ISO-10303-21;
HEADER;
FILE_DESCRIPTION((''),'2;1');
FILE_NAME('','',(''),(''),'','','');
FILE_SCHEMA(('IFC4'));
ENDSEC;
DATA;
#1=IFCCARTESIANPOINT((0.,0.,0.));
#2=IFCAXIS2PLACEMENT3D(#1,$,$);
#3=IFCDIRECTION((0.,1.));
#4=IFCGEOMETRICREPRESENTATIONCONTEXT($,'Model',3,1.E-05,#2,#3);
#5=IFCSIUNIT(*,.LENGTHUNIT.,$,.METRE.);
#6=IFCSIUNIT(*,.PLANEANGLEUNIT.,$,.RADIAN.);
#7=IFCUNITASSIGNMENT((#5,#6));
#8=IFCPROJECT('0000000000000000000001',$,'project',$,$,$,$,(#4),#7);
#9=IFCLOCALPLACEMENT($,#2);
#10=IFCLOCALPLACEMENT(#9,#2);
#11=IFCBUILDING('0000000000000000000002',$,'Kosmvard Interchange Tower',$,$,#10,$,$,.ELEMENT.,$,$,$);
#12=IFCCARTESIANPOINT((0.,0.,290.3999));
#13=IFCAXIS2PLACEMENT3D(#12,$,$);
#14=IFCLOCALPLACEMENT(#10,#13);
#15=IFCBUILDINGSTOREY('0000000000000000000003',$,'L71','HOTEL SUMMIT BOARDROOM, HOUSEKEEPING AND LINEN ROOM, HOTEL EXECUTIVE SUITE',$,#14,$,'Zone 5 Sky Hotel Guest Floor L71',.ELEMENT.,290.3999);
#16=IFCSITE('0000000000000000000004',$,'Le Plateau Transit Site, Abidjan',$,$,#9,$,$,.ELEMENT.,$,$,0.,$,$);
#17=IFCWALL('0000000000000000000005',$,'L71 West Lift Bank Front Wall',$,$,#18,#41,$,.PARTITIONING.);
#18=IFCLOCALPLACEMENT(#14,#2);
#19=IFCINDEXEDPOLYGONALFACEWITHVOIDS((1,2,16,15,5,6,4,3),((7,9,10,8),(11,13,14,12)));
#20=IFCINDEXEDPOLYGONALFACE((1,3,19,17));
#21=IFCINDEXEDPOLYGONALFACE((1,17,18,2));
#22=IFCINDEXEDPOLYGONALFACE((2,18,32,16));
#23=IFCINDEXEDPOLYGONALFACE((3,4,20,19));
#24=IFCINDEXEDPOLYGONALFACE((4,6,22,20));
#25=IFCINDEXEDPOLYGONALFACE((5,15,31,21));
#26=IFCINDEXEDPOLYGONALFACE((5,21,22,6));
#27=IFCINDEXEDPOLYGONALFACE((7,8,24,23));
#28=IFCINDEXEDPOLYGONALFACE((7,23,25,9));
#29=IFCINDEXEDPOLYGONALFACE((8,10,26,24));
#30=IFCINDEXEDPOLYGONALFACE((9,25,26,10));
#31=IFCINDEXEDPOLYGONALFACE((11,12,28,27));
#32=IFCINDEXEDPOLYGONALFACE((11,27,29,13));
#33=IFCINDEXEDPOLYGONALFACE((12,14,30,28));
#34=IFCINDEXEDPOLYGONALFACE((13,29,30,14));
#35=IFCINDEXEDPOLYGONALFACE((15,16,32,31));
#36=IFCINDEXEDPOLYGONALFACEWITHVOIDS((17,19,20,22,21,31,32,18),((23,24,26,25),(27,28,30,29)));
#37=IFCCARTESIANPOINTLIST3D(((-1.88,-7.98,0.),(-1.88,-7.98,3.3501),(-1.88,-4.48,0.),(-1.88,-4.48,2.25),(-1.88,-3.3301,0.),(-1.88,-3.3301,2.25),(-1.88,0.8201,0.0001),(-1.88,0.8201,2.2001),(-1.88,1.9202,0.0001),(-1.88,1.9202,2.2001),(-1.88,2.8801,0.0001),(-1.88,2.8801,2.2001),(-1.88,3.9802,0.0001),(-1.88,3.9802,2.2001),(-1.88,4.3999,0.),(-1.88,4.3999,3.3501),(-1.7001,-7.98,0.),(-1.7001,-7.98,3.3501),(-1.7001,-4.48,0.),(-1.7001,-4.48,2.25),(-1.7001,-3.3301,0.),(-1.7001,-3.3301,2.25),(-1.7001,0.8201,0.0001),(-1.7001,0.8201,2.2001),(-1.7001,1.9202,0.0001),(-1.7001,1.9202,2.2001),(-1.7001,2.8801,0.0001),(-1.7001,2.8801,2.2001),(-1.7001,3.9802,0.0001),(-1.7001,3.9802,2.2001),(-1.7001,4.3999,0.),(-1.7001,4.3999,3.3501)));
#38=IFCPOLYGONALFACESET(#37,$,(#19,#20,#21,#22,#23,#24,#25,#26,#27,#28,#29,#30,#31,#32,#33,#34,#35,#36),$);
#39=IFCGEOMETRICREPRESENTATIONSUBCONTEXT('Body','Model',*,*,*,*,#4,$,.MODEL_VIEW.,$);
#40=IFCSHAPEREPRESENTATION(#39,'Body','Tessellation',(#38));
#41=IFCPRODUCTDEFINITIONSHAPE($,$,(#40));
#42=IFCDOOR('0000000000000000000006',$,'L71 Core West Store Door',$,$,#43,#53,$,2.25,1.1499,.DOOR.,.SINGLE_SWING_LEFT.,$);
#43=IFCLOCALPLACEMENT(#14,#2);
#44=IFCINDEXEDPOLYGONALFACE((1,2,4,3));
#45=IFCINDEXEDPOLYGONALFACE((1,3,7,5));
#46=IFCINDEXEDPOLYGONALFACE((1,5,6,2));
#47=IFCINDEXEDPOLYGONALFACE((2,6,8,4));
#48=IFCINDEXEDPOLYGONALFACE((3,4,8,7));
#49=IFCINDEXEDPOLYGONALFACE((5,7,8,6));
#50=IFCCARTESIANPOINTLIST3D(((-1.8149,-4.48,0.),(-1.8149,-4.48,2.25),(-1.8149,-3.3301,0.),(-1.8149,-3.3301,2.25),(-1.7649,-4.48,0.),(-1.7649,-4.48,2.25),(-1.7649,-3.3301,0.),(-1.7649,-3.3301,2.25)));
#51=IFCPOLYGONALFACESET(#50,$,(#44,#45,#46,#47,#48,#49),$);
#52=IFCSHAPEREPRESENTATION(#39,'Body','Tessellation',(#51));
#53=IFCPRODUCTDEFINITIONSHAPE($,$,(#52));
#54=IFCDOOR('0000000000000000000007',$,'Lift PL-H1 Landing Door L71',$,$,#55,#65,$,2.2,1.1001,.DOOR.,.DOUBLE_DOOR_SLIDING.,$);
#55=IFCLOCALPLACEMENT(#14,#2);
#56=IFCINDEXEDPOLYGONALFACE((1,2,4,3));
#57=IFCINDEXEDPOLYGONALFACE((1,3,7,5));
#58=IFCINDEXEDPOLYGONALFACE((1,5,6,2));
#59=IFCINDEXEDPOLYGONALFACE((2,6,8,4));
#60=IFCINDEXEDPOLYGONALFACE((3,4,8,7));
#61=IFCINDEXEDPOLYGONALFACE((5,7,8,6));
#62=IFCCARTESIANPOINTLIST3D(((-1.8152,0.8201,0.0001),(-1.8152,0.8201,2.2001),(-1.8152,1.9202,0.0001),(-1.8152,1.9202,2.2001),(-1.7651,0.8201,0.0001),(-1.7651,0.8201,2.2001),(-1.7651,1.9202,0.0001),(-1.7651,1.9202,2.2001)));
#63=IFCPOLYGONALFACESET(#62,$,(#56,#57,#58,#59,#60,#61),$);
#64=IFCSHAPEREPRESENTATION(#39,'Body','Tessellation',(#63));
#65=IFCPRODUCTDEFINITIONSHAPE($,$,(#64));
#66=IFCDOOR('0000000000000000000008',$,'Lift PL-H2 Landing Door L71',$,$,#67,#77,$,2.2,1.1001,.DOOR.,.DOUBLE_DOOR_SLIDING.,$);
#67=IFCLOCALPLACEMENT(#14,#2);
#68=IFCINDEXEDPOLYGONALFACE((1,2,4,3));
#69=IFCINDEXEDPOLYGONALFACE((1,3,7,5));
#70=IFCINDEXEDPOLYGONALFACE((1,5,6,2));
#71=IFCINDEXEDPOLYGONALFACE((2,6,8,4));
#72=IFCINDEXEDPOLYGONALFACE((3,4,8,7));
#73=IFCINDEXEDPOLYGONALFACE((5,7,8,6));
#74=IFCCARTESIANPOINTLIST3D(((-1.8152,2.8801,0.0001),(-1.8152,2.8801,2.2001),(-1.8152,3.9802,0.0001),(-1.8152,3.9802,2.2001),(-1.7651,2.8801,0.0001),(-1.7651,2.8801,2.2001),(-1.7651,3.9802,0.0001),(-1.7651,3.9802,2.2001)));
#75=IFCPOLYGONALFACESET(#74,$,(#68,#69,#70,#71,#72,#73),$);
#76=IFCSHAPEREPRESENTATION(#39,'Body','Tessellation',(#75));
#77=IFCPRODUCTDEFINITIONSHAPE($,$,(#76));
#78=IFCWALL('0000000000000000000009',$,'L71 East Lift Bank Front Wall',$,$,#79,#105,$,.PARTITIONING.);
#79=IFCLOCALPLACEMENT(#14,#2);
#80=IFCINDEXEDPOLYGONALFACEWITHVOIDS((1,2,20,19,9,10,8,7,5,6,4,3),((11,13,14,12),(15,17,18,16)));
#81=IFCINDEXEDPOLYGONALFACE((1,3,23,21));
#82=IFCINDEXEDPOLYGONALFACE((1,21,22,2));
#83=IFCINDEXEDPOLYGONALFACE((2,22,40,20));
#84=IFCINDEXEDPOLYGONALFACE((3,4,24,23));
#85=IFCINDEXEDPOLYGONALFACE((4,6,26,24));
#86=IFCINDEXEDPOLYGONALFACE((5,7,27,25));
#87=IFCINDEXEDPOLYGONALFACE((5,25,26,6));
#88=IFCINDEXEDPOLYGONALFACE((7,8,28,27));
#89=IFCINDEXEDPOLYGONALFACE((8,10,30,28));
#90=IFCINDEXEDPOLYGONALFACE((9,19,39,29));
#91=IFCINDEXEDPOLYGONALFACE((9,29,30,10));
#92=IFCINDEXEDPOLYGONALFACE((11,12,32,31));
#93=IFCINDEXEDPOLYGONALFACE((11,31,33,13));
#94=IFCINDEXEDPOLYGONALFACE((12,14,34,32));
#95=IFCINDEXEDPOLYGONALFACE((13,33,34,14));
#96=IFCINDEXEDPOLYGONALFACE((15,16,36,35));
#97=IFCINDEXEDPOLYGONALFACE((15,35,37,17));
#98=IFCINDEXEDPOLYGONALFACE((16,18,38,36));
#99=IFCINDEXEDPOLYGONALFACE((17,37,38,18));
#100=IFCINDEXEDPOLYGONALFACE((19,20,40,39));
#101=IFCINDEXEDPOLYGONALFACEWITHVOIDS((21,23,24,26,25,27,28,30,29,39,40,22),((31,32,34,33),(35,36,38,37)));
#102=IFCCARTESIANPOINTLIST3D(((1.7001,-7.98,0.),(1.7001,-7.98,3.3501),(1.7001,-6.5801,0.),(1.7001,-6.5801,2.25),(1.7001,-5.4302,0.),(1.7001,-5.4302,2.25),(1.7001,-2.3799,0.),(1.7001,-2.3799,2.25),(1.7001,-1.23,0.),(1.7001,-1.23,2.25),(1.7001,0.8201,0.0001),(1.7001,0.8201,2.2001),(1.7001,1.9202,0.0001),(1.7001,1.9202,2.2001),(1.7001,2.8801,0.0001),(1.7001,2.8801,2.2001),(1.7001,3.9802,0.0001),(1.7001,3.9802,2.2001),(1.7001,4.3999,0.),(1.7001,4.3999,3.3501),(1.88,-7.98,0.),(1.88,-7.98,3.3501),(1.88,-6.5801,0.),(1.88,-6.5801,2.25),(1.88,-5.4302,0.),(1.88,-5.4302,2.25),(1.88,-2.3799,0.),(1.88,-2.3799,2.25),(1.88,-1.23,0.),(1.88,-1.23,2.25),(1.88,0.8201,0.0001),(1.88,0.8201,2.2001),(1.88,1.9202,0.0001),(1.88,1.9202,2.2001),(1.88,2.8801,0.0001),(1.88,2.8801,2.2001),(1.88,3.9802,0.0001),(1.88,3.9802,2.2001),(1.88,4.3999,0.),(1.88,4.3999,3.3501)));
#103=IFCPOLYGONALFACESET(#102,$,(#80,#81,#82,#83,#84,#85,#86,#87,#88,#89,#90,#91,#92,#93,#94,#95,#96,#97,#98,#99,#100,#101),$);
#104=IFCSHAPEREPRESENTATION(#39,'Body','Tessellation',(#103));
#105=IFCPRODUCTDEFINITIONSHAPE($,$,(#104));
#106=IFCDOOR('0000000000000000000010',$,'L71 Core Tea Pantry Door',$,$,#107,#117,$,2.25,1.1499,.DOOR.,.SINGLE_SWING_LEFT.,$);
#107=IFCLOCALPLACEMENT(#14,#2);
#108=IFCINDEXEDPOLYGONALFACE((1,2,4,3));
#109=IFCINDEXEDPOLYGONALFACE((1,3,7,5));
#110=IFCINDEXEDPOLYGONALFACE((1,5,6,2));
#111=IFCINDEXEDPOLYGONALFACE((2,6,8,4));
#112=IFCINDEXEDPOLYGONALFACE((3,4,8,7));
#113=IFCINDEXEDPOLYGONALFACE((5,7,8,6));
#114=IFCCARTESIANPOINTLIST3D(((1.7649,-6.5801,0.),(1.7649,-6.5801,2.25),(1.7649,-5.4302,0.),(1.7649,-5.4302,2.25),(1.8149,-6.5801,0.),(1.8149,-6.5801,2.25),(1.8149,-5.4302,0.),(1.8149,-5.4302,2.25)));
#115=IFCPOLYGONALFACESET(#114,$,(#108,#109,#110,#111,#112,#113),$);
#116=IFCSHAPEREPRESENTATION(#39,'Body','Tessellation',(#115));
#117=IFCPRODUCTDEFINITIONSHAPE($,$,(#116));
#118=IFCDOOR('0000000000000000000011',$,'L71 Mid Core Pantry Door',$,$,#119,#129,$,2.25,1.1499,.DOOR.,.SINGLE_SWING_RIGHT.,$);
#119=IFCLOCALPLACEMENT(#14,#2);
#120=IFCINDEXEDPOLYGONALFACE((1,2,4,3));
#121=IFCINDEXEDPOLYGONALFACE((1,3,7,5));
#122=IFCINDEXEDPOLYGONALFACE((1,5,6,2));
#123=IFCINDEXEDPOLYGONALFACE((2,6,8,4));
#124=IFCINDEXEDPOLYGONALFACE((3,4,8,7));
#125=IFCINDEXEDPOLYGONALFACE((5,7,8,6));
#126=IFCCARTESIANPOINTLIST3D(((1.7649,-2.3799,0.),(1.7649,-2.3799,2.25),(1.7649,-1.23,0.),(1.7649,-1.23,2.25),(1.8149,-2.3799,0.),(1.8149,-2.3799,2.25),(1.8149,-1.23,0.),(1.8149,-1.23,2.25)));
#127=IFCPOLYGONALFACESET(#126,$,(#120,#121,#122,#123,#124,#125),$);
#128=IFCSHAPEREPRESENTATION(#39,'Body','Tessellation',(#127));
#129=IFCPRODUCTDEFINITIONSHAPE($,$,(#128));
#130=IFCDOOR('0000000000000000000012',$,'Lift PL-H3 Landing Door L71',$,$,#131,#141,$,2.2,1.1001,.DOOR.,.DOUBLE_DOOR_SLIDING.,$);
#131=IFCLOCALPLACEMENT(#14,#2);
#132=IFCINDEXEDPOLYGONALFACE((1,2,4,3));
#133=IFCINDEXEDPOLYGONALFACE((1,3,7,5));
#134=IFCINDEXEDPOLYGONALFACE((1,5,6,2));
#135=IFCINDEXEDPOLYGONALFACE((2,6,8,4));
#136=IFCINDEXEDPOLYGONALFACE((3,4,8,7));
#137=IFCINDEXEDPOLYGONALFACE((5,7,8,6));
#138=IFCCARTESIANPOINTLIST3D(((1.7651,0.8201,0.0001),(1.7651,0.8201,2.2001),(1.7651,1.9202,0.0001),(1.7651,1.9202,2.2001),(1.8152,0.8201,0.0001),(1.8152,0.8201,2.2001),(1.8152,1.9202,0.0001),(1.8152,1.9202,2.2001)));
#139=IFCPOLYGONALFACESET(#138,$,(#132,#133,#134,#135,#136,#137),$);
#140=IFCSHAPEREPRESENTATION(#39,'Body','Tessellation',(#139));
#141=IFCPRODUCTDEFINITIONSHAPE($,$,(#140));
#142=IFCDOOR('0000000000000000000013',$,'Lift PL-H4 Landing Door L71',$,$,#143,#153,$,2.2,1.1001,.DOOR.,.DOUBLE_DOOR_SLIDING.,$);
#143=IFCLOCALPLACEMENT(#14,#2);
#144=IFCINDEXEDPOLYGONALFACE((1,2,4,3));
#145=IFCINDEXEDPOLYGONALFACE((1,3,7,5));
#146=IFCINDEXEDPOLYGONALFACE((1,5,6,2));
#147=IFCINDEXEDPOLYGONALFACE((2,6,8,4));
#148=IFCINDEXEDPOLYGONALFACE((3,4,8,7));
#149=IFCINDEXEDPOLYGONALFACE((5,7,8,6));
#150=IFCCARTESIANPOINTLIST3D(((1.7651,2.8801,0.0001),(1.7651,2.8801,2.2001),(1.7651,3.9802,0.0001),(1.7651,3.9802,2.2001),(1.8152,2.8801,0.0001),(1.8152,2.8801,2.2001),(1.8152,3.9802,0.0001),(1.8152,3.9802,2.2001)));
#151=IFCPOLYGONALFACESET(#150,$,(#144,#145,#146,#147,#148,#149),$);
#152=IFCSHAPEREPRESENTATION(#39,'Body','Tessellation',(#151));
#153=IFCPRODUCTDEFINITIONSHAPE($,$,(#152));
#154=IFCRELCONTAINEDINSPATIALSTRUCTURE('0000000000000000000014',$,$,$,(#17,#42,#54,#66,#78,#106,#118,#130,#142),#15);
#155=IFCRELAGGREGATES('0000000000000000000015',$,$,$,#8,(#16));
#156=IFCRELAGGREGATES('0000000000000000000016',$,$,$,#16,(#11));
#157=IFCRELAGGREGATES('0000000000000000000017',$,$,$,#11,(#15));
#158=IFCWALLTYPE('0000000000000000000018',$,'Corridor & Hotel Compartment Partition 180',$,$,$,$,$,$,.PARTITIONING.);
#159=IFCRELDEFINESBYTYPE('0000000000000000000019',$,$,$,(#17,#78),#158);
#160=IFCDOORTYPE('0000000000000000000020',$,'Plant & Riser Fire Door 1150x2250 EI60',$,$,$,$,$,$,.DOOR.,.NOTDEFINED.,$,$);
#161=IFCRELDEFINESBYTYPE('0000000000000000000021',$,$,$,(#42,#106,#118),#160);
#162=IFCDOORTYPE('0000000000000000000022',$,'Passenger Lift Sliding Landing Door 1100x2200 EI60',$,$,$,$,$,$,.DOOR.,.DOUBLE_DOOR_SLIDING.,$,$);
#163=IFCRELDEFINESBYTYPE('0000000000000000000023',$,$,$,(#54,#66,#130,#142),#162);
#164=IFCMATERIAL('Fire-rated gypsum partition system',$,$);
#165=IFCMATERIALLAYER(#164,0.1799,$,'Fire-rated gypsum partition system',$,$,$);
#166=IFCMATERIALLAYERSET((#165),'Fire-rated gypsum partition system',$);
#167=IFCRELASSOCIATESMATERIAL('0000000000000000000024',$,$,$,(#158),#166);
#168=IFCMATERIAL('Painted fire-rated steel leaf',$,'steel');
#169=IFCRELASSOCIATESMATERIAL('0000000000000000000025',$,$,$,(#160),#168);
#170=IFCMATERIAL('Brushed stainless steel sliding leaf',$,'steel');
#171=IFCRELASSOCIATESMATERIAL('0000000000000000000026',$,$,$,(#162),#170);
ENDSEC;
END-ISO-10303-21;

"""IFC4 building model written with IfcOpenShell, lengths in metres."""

from ifc_helpers import new_model, si_unit, direction, frame, frame_2d, origin, place, context, subcontext, project, spatial, rectangle, extrude, source, transform, mapped, material, layer, layer_set, type_object, element, fill, save


model = new_model("IFC4")

# Units and contexts
model_context = context("Model", 3, precision=1e-05, world=origin(), true_north=direction((0.0, 1.0)))
body_context = subcontext(model_context, "Body", "Model", "MODEL_VIEW")
ifc_project = project(units=[si_unit("LENGTHUNIT", "METRE"), si_unit("PLANEANGLEUNIT", "RADIAN")], contexts=[model_context])

# Site, building, storey
site_placement = place(None, origin())
site = spatial("IfcSite", under=ifc_project, at=site_placement, Name="Le Plateau Transit Site, Abidjan", CompositionType="ELEMENT", RefElevation=0.0)
building_placement = place(site_placement, origin())
building = spatial("IfcBuilding", under=site, at=building_placement, Name="Kosmvard Interchange Tower", CompositionType="ELEMENT")
storey_placement = place(building_placement, frame((0.0, 0.0, 290.3999)))
storey = spatial("IfcBuildingStorey", under=building, at=storey_placement, Name="L71", Description="HOTEL SUMMIT BOARDROOM, HOUSEKEEPING AND LINEN ROOM, HOTEL EXECUTIVE SUITE", LongName="Zone 5 Sky Hotel Guest Floor L71", CompositionType="ELEMENT", Elevation=290.3999)

# Walls, openings, doors
ifc_material_1 = material(Name="Fire-rated gypsum partition system")
ifc_layer_1 = layer(ifc_material_1, 0.1799, Name="Fire-rated gypsum partition system")
ifc_layer_set_1 = layer_set([ifc_layer_1], Name="Fire-rated gypsum partition system")
wall_type_1 = type_object("IfcWallType", Name="Corridor & Hotel Compartment Partition 180", PredefinedType="PARTITIONING", material=ifc_layer_set_1)
wall_1_placement = place(storey_placement, frame((-1.79, -7.98, 0.0), z_axis=(0.0, 0.0, 1.0), x_axis=(0.0, 1.0, 0.0)))
wall_1 = element("IfcWall", 1, at=wall_1_placement, inside=storey, type_object=wall_type_1, Name="L71 West Lift Bank Front Wall", PredefinedType="PARTITIONING", context=body_context, shape_type="SweptSolid", body=[
    extrude(rectangle(XDim=12.3799, YDim=0.1799, at=frame_2d((6.1899, 0.0))), origin(), (0.0, 0.0, 1.0), 3.3501),
])
opening_1_placement = place(wall_1_placement, frame((8.8, 0.0, 0.0)))
opening_1 = element("IfcOpeningElement", 2, at=opening_1_placement, cuts=wall_1, PredefinedType="OPENING", context=body_context, shape_type="SweptSolid", body=[
    extrude(rectangle(XDim=1.1001, YDim=2.2, at=frame_2d((0.55, 1.1001))), frame((0.0, 0.1001, 0.0), z_axis=(0.0, -1.0, 0.0), x_axis=(1.0, 0.0, 0.0)), (0.0, 0.0, 1.0), 0.2),
])
opening_2_placement = place(wall_1_placement, frame((10.8601, 0.0, 0.0)))
opening_2 = element("IfcOpeningElement", 3, at=opening_2_placement, cuts=wall_1, PredefinedType="OPENING", context=body_context, shape_type="SweptSolid", body=[
    extrude(rectangle(XDim=1.1001, YDim=2.2, at=frame_2d((0.55, 1.1001))), frame((0.0, 0.1001, 0.0), z_axis=(0.0, -1.0, 0.0), x_axis=(1.0, 0.0, 0.0)), (0.0, 0.0, 1.0), 0.2),
])
opening_3_placement = place(wall_1_placement, frame((3.5, 0.0, 0.0)))
opening_3 = element("IfcOpeningElement", 4, at=opening_3_placement, cuts=wall_1, PredefinedType="OPENING", context=body_context, shape_type="SweptSolid", body=[
    extrude(rectangle(XDim=1.1499, YDim=2.25, at=frame_2d((0.575, 1.125))), frame((0.0, 0.1001, 0.0), z_axis=(0.0, -1.0, 0.0), x_axis=(1.0, 0.0, 0.0)), (0.0, 0.0, 1.0), 0.2),
])
ifc_material_2 = material(Name="Painted fire-rated steel leaf", Category="steel")
door_type_1 = type_object("IfcDoorType", Name="Plant & Riser Fire Door 1150x2250 EI60", OperationType="NOTDEFINED", PredefinedType="DOOR", material=ifc_material_2)
shared_shape_1 = source(origin(), body_context, "Body", "SweptSolid", [
    extrude(rectangle(XDim=1.1499, YDim=2.25, at=frame_2d((0.575, 1.125))), frame((0.0, 0.0249, 0.0), z_axis=(0.0, -1.0, 0.0), x_axis=(1.0, 0.0, 0.0)), (0.0, 0.0, 1.0), 0.05),
])
door_1_placement = place(opening_3_placement, origin())
door_1 = element("IfcDoor", 5, at=door_1_placement, inside=storey, type_object=door_type_1, Name="L71 Core West Store Door", OperationType="SINGLE_SWING_LEFT", OverallHeight=2.25, OverallWidth=1.1499, PredefinedType="DOOR", context=body_context, shape_type="MappedRepresentation", body=[
    mapped(shared_shape_1, transform((0.0, 0.0, 0.0), scale=1.0)),
])
fill(opening_3, door_1)
ifc_material_3 = material(Name="Brushed stainless steel sliding leaf", Category="steel")
door_type_2 = type_object("IfcDoorType", Name="Passenger Lift Sliding Landing Door 1100x2200 EI60", OperationType="DOUBLE_DOOR_SLIDING", PredefinedType="DOOR", material=ifc_material_3)
shared_shape_2 = source(origin(), body_context, "Body", "SweptSolid", [
    extrude(rectangle(XDim=1.1001, YDim=2.2, at=frame_2d((0.55, 1.1001))), frame((0.0, 0.0249, 0.0), z_axis=(0.0, -1.0, 0.0), x_axis=(1.0, 0.0, 0.0)), (0.0, 0.0, 1.0), 0.05),
])
door_2_placement = place(opening_1_placement, frame((1.1001, 0.0, 0.0), z_axis=(0.0, 0.0, 1.0), x_axis=(-1.0, 0.0, 0.0)))
door_2 = element("IfcDoor", 6, at=door_2_placement, inside=storey, type_object=door_type_2, Name="Lift PL-H1 Landing Door L71", OperationType="DOUBLE_DOOR_SLIDING", OverallHeight=2.2, OverallWidth=1.1001, PredefinedType="DOOR", context=body_context, shape_type="MappedRepresentation", body=[
    mapped(shared_shape_2, transform((0.0, 0.0, 0.0), scale=1.0)),
])
fill(opening_1, door_2)
door_3_placement = place(opening_2_placement, frame((1.1001, 0.0, 0.0), z_axis=(0.0, 0.0, 1.0), x_axis=(-1.0, 0.0, 0.0)))
door_3 = element("IfcDoor", 7, at=door_3_placement, inside=storey, type_object=door_type_2, Name="Lift PL-H2 Landing Door L71", OperationType="DOUBLE_DOOR_SLIDING", OverallHeight=2.2, OverallWidth=1.1001, PredefinedType="DOOR", context=body_context, shape_type="MappedRepresentation", body=[
    mapped(shared_shape_2, transform((0.0, 0.0, 0.0), scale=1.0)),
])
fill(opening_2, door_3)
wall_2_placement = place(storey_placement, frame((1.79, -7.98, 0.0), z_axis=(0.0, 0.0, 1.0), x_axis=(0.0, 1.0, 0.0)))
wall_2 = element("IfcWall", 8, at=wall_2_placement, inside=storey, type_object=wall_type_1, Name="L71 East Lift Bank Front Wall", PredefinedType="PARTITIONING", context=body_context, shape_type="SweptSolid", body=[
    extrude(rectangle(XDim=12.3799, YDim=0.1799, at=frame_2d((6.1899, 0.0))), origin(), (0.0, 0.0, 1.0), 3.3501),
])
opening_4_placement = place(wall_2_placement, frame((8.8, 0.0, 0.0)))
opening_4 = element("IfcOpeningElement", 9, at=opening_4_placement, cuts=wall_2, PredefinedType="OPENING", context=body_context, shape_type="SweptSolid", body=[
    extrude(rectangle(XDim=1.1001, YDim=2.2, at=frame_2d((0.55, 1.1001))), frame((0.0, 0.1001, 0.0), z_axis=(0.0, -1.0, 0.0), x_axis=(1.0, 0.0, 0.0)), (0.0, 0.0, 1.0), 0.2),
])
opening_5_placement = place(wall_2_placement, frame((10.8601, 0.0, 0.0)))
opening_5 = element("IfcOpeningElement", 10, at=opening_5_placement, cuts=wall_2, PredefinedType="OPENING", context=body_context, shape_type="SweptSolid", body=[
    extrude(rectangle(XDim=1.1001, YDim=2.2, at=frame_2d((0.55, 1.1001))), frame((0.0, 0.1001, 0.0), z_axis=(0.0, -1.0, 0.0), x_axis=(1.0, 0.0, 0.0)), (0.0, 0.0, 1.0), 0.2),
])
opening_6_placement = place(wall_2_placement, frame((1.3999, 0.0, 0.0)))
opening_6 = element("IfcOpeningElement", 11, at=opening_6_placement, cuts=wall_2, PredefinedType="OPENING", context=body_context, shape_type="SweptSolid", body=[
    extrude(rectangle(XDim=1.1499, YDim=2.25, at=frame_2d((0.575, 1.125))), frame((0.0, 0.1001, 0.0), z_axis=(0.0, -1.0, 0.0), x_axis=(1.0, 0.0, 0.0)), (0.0, 0.0, 1.0), 0.2),
])
opening_7_placement = place(wall_2_placement, frame((5.6001, 0.0, 0.0)))
opening_7 = element("IfcOpeningElement", 12, at=opening_7_placement, cuts=wall_2, PredefinedType="OPENING", context=body_context, shape_type="SweptSolid", body=[
    extrude(rectangle(XDim=1.1499, YDim=2.25, at=frame_2d((0.575, 1.125))), frame((0.0, 0.1001, 0.0), z_axis=(0.0, -1.0, 0.0), x_axis=(1.0, 0.0, 0.0)), (0.0, 0.0, 1.0), 0.2),
])
door_4_placement = place(opening_6_placement, frame((1.1499, 0.0, 0.0), z_axis=(0.0, 0.0, 1.0), x_axis=(-1.0, 0.0, 0.0)))
door_4 = element("IfcDoor", 13, at=door_4_placement, inside=storey, type_object=door_type_1, Name="L71 Core Tea Pantry Door", OperationType="SINGLE_SWING_LEFT", OverallHeight=2.25, OverallWidth=1.1499, PredefinedType="DOOR", context=body_context, shape_type="MappedRepresentation", body=[
    mapped(shared_shape_1, transform((0.0, 0.0, 0.0), scale=1.0)),
])
fill(opening_6, door_4)
door_5_placement = place(opening_7_placement, frame((1.1499, 0.0, 0.0), z_axis=(0.0, 0.0, 1.0), x_axis=(-1.0, 0.0, 0.0)))
door_5 = element("IfcDoor", 14, at=door_5_placement, inside=storey, type_object=door_type_1, Name="L71 Mid Core Pantry Door", OperationType="SINGLE_SWING_RIGHT", OverallHeight=2.25, OverallWidth=1.1499, PredefinedType="DOOR", context=body_context, shape_type="MappedRepresentation", body=[
    mapped(shared_shape_1, transform((0.0, 0.0, 0.0), scale=1.0)),
])
fill(opening_7, door_5)
door_6_placement = place(opening_4_placement, origin())
door_6 = element("IfcDoor", 15, at=door_6_placement, inside=storey, type_object=door_type_2, Name="Lift PL-H3 Landing Door L71", OperationType="DOUBLE_DOOR_SLIDING", OverallHeight=2.2, OverallWidth=1.1001, PredefinedType="DOOR", context=body_context, shape_type="MappedRepresentation", body=[
    mapped(shared_shape_2, transform((0.0, 0.0, 0.0), scale=1.0)),
])
fill(opening_4, door_6)
door_7_placement = place(opening_5_placement, origin())
door_7 = element("IfcDoor", 16, at=door_7_placement, inside=storey, type_object=door_type_2, Name="Lift PL-H4 Landing Door L71", OperationType="DOUBLE_DOOR_SLIDING", OverallHeight=2.2, OverallWidth=1.1001, PredefinedType="DOOR", context=body_context, shape_type="MappedRepresentation", body=[
    mapped(shared_shape_2, transform((0.0, 0.0, 0.0), scale=1.0)),
])
fill(opening_5, door_7)

save(model, "model.ifc")
